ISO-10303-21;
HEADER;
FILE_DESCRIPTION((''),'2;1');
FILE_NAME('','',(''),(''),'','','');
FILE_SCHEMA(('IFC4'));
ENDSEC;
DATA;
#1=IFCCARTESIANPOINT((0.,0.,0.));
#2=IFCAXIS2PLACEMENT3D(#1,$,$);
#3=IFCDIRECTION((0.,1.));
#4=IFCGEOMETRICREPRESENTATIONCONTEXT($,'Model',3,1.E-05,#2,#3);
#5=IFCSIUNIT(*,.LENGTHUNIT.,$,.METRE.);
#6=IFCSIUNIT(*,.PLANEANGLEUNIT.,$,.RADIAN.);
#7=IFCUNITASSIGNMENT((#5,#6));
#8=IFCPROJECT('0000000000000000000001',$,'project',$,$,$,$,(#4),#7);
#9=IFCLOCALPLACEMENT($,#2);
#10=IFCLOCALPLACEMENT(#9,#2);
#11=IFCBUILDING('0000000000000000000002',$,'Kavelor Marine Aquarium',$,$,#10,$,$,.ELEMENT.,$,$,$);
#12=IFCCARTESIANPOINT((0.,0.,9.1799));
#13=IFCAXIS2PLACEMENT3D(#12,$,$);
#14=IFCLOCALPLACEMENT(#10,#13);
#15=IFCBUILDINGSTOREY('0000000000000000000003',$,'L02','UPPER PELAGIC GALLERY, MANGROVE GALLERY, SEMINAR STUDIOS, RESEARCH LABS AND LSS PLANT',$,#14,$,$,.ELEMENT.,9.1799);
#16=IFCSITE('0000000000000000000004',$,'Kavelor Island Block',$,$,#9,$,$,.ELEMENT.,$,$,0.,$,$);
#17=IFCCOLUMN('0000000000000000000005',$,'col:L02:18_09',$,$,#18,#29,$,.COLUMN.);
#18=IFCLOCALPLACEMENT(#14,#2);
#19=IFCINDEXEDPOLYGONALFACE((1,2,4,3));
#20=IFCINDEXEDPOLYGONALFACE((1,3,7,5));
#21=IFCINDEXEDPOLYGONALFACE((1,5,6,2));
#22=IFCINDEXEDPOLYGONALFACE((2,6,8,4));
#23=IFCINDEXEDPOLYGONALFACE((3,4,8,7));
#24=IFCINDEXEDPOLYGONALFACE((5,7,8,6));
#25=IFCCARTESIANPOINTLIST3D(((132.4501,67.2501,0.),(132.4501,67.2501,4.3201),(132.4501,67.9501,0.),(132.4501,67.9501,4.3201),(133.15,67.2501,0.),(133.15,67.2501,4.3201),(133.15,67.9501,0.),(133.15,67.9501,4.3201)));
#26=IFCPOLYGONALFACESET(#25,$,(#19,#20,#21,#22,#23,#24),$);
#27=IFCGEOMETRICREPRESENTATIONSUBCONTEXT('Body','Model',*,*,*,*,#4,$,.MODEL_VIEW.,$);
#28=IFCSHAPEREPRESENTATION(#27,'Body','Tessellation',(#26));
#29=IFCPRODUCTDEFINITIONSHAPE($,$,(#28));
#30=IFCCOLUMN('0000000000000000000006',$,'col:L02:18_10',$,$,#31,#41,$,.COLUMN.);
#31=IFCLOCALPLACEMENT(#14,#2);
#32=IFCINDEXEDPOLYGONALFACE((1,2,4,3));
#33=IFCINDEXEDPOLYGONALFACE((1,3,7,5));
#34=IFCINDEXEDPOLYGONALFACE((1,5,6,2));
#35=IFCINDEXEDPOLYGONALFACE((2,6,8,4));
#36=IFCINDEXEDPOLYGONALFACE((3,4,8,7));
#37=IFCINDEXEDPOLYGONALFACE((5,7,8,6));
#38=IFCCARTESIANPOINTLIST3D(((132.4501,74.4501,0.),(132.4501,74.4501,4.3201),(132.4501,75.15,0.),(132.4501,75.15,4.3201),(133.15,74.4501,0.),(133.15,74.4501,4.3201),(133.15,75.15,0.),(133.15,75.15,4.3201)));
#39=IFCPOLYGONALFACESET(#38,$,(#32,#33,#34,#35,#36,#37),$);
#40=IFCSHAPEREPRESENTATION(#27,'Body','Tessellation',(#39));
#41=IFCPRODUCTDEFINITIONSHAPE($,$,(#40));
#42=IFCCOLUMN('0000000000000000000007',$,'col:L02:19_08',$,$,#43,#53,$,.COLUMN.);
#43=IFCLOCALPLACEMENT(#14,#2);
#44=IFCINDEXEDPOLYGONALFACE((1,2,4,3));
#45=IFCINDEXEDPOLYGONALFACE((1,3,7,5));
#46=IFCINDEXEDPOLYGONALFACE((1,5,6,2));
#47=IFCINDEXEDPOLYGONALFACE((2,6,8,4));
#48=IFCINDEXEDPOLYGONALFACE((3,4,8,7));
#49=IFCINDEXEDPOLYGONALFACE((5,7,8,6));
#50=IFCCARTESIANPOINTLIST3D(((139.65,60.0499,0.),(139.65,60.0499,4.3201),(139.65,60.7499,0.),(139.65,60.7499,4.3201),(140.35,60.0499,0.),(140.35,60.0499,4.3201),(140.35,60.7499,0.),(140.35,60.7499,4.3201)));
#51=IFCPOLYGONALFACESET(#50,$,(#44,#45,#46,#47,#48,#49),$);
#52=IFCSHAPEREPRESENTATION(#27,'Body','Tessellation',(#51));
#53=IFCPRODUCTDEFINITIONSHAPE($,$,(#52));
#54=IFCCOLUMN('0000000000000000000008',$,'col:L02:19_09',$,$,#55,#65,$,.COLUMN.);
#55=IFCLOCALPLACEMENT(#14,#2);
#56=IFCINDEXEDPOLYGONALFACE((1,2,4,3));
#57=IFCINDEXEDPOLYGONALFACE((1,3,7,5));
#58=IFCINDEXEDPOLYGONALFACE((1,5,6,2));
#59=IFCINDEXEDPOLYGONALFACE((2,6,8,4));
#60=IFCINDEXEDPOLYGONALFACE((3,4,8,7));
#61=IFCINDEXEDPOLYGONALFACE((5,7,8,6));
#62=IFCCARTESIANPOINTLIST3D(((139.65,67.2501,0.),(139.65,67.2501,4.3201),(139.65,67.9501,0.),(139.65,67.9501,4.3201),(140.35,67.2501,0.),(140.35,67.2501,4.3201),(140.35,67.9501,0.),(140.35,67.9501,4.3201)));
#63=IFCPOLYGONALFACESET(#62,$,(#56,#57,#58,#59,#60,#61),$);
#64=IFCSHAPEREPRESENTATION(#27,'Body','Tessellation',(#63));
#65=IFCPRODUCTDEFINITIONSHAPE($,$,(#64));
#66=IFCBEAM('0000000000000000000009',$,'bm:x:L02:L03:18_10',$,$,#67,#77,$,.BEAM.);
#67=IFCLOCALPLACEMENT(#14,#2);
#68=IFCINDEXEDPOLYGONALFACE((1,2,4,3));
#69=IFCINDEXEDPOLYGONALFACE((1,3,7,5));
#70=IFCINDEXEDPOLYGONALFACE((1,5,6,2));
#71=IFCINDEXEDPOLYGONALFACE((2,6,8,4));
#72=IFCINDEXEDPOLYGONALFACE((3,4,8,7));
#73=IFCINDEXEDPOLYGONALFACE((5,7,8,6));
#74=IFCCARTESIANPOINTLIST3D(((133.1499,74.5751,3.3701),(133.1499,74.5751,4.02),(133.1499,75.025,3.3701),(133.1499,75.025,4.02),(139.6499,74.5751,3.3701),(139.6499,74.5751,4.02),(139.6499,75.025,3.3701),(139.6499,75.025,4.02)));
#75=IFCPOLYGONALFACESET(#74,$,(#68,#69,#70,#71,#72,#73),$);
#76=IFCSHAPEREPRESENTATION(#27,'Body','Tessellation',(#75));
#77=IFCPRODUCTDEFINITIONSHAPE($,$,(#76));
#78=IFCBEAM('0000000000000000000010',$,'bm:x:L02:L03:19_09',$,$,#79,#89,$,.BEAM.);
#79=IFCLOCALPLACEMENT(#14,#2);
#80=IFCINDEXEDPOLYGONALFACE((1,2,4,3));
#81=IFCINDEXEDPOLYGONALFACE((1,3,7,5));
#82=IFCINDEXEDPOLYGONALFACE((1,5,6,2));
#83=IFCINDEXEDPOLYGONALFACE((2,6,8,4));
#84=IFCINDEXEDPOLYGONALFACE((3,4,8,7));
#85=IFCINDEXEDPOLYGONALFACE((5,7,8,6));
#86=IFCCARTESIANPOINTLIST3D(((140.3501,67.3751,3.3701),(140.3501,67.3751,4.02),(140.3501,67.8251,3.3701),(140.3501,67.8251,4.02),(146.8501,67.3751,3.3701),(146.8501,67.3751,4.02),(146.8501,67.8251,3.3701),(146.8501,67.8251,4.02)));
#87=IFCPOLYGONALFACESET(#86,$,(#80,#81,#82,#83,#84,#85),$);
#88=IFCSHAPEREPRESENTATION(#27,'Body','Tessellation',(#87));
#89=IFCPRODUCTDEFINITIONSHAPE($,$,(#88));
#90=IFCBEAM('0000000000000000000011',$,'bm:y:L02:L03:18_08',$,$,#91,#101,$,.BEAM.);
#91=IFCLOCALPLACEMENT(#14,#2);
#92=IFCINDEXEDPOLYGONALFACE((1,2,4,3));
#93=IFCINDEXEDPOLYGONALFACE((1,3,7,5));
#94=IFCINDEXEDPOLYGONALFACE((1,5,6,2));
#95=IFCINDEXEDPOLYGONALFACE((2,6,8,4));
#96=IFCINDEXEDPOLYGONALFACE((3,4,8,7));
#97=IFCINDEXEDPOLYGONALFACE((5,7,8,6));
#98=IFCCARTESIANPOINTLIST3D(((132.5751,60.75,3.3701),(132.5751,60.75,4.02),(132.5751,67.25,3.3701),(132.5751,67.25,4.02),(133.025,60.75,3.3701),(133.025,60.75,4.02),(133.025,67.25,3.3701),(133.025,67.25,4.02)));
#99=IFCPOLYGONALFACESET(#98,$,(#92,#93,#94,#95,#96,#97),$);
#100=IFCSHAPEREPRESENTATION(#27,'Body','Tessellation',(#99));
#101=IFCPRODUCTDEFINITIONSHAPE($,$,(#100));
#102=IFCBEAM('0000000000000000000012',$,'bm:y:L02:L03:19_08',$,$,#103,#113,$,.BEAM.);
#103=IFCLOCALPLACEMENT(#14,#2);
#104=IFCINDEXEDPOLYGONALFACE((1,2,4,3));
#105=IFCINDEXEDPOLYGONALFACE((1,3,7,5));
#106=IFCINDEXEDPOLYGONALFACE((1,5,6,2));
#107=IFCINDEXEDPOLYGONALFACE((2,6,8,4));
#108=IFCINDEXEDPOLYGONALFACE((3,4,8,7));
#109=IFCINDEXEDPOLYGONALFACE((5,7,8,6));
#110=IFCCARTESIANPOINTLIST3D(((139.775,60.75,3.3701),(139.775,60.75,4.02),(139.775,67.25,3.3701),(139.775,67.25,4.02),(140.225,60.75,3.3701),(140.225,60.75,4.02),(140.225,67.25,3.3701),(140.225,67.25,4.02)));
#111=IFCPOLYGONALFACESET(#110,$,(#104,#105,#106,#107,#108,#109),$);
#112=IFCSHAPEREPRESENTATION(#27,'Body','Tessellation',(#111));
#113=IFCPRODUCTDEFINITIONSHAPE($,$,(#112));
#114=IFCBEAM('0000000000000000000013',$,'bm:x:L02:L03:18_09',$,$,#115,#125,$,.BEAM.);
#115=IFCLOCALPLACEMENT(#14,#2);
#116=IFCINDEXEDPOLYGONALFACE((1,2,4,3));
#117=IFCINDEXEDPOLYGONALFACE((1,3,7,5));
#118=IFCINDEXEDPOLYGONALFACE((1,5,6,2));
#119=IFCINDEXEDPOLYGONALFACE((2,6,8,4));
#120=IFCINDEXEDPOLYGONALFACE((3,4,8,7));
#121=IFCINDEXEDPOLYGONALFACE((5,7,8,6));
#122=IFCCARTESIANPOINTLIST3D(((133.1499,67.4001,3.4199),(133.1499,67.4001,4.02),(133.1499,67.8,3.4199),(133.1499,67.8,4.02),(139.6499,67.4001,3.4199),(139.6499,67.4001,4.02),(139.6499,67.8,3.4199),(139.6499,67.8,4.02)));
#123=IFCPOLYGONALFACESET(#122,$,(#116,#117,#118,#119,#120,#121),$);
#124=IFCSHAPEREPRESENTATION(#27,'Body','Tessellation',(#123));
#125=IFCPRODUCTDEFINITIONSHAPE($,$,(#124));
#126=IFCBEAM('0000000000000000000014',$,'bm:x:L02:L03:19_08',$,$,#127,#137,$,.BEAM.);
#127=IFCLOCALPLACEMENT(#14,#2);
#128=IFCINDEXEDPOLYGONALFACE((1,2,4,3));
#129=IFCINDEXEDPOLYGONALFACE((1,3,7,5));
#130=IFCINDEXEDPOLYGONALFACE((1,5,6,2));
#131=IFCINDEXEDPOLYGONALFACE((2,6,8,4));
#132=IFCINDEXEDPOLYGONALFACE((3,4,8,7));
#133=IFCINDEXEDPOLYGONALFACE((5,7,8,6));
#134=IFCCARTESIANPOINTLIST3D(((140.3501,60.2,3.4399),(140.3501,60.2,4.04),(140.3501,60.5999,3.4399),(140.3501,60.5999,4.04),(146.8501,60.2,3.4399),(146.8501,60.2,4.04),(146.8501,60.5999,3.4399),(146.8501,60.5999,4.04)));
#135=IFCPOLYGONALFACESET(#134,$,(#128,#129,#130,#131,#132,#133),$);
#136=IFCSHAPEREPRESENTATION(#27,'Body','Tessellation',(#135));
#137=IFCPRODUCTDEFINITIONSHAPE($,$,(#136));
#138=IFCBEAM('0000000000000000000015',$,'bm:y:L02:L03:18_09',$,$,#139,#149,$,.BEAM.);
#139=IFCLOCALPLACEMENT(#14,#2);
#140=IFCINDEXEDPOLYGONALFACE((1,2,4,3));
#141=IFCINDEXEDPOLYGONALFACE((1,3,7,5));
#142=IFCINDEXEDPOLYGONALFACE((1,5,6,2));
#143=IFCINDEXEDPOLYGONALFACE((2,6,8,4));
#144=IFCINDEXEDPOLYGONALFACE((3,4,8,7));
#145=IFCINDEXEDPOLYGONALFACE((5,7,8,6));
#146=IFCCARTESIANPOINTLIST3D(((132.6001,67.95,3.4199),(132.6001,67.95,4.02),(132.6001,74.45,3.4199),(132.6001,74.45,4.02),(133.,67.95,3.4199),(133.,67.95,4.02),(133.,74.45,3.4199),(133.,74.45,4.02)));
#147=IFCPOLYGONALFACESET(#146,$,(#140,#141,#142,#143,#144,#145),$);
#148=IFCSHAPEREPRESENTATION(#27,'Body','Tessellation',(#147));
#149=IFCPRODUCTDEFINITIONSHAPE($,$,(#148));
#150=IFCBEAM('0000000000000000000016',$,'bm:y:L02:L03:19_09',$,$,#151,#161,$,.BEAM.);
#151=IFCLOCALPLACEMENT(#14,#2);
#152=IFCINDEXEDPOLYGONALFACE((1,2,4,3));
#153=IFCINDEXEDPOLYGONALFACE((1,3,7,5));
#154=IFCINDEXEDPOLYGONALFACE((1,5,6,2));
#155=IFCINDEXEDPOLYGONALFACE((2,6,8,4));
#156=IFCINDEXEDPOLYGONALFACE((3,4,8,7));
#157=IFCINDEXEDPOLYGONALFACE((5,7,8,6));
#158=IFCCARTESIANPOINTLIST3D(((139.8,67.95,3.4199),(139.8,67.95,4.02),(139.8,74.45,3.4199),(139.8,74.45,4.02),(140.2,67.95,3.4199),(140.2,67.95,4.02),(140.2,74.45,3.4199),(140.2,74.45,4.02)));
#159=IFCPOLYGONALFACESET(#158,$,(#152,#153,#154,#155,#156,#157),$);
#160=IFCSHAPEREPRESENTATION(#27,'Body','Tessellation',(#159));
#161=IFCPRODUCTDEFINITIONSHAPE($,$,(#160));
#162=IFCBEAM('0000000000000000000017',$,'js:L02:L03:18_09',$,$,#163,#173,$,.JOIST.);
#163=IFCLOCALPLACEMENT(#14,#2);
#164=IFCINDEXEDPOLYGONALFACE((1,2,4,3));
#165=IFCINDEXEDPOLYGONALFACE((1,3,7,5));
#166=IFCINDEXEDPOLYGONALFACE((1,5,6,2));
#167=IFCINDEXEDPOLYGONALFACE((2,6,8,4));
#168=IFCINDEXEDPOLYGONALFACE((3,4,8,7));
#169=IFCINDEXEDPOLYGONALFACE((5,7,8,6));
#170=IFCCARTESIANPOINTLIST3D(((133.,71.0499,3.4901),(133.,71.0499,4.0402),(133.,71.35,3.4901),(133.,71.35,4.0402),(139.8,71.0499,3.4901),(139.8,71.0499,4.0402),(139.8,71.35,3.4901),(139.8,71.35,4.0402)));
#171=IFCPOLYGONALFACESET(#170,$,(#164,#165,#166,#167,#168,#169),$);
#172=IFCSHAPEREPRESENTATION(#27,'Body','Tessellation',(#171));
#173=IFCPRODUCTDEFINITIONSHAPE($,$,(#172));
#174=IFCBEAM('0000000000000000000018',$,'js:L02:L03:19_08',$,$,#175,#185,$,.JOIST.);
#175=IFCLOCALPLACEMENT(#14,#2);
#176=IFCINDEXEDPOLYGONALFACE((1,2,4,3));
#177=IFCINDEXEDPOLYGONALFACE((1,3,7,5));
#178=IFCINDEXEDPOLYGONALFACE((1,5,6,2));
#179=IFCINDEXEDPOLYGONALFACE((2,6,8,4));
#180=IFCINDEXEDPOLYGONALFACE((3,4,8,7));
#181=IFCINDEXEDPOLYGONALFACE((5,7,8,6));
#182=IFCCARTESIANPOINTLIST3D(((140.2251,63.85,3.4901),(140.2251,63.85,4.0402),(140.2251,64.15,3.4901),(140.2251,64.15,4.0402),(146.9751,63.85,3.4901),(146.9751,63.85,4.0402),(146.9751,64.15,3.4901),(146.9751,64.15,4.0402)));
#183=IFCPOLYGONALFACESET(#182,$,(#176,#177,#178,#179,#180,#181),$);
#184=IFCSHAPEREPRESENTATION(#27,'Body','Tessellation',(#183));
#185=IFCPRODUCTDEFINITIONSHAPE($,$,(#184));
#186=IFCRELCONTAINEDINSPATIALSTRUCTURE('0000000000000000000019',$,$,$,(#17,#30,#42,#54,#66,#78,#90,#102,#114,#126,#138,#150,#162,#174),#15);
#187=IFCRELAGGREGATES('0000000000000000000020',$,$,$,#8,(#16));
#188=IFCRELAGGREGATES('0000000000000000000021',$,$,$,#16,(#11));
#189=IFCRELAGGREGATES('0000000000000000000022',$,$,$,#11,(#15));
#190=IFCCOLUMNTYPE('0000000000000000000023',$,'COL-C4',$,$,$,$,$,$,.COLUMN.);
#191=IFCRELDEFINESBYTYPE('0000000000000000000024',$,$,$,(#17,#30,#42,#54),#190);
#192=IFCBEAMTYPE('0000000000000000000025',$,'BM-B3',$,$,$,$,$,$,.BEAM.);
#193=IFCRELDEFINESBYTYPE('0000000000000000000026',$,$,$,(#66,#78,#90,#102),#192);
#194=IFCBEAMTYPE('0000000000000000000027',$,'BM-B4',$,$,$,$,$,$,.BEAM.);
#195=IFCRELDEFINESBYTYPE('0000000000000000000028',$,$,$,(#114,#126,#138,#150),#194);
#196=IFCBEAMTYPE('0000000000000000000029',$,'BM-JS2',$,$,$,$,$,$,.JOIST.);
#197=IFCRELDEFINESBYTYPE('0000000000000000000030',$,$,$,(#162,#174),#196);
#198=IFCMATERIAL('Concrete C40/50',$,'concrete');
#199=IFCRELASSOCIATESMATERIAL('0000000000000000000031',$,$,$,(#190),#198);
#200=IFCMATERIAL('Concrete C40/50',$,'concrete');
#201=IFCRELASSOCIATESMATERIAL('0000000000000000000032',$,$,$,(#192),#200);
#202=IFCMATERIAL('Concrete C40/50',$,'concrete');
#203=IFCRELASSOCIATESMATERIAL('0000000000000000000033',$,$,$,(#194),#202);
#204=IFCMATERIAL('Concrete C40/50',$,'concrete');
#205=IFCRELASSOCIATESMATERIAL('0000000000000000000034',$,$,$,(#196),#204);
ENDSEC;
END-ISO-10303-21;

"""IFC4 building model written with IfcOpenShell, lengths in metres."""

from ifc_helpers import new_model, si_unit, direction, frame, origin, origin_2d, place, context, subcontext, project, spatial, rectangle, extrude, material, material_profile, profile_set, type_object, element, save


model = new_model("IFC4")

# Units and contexts
model_context = context("Model", 3, precision=1e-05, world=origin(), true_north=direction((0.0, 1.0)))
body_context = subcontext(model_context, "Body", "Model", "MODEL_VIEW")
ifc_project = project(units=[si_unit("LENGTHUNIT", "METRE"), si_unit("PLANEANGLEUNIT", "RADIAN")], contexts=[model_context])

# Site, building, storey
site_placement = place(None, origin())
site = spatial("IfcSite", under=ifc_project, at=site_placement, Name="Kavelor Island Block", CompositionType="ELEMENT", RefElevation=0.0)
building_placement = place(site_placement, origin())
building = spatial("IfcBuilding", under=site, at=building_placement, Name="Kavelor Marine Aquarium", CompositionType="ELEMENT")
storey_placement = place(building_placement, frame((0.0, 0.0, 9.1799)))
storey = spatial("IfcBuildingStorey", under=building, at=storey_placement, Name="L02", Description="UPPER PELAGIC GALLERY, MANGROVE GALLERY, SEMINAR STUDIOS, RESEARCH LABS AND LSS PLANT", CompositionType="ELEMENT", Elevation=9.1799)

# Columns
ifc_material_1 = material(Name="Concrete C40/50", Category="concrete")
ifc_material_profile_1 = material_profile(ifc_material_1, rectangle(XDim=0.7, YDim=0.7, at=origin_2d()), Name="RC-COL 700x700")
ifc_profile_set_1 = profile_set([ifc_material_profile_1], Name="Concrete C40/50")
column_type = type_object("IfcColumnType", Name="COL-C4", PredefinedType="COLUMN", material=ifc_profile_set_1)
for number, where, z_axis, x_axis, name in (
    (1, (132.8, 67.6001, 0.0), (0.0, 0.0, 1.0), (1.0, 0.0, 0.0), "col:L02:18_09"),
    (2, (132.8, 74.8, 0.0), (0.0, 0.0, 1.0), (1.0, 0.0, 0.0), "col:L02:18_10"),
    (3, (140.0, 60.3999, 0.0), (0.0, 0.0, 1.0), (1.0, 0.0, 0.0), "col:L02:19_08"),
    (4, (140.0, 67.6001, 0.0), (0.0, 0.0, 1.0), (1.0, 0.0, 0.0), "col:L02:19_09"),
):
    element("IfcColumn", number, at=place(storey_placement, frame(where, z_axis=z_axis, x_axis=x_axis)), inside=storey, type_object=column_type, Name=name, PredefinedType="COLUMN", context=body_context, shape_type="SweptSolid", body=[
        extrude(rectangle(XDim=0.7, YDim=0.7, at=origin_2d()), origin(), (0.0, 0.0, 1.0), 4.3201),
    ])

# Beams
ifc_material_2 = material(Name="Concrete C40/50", Category="concrete")
ifc_material_profile_2 = material_profile(ifc_material_2, rectangle(XDim=0.45, YDim=0.6499, at=origin_2d()), Name="RC-BM 450x650")
ifc_profile_set_2 = profile_set([ifc_material_profile_2], Name="Concrete C40/50")
beam_type_1 = type_object("IfcBeamType", Name="BM-B3", PredefinedType="BEAM", material=ifc_profile_set_2)
for number, where, z_axis, x_axis, name in (
    (5, (133.1499, 74.8, 3.6951), (1.0, 0.0, 0.0), (0.0, 1.0, 0.0), "bm:x:L02:L03:18_10"),
    (6, (140.3501, 67.6001, 3.6951), (1.0, 0.0, 0.0), (0.0, 1.0, 0.0), "bm:x:L02:L03:19_09"),
    (7, (132.8, 60.75, 3.6951), (0.0, 1.0, 0.0), (-1.0, 0.0, 0.0), "bm:y:L02:L03:18_08"),
    (8, (140.0, 60.75, 3.6951), (0.0, 1.0, 0.0), (-1.0, 0.0, 0.0), "bm:y:L02:L03:19_08"),
):
    element("IfcBeam", number, at=place(storey_placement, frame(where, z_axis=z_axis, x_axis=x_axis)), inside=storey, type_object=beam_type_1, Name=name, PredefinedType="BEAM", context=body_context, shape_type="SweptSolid", body=[
        extrude(rectangle(XDim=0.45, YDim=0.6499, at=origin_2d()), origin(), (0.0, 0.0, 1.0), 6.5),
    ])
ifc_material_3 = material(Name="Concrete C40/50", Category="concrete")
ifc_material_profile_3 = material_profile(ifc_material_3, rectangle(XDim=0.3999, YDim=0.6001, at=origin_2d()), Name="RC-BM 400x600")
ifc_profile_set_3 = profile_set([ifc_material_profile_3], Name="Concrete C40/50")
beam_type_2 = type_object("IfcBeamType", Name="BM-B4", PredefinedType="BEAM", material=ifc_profile_set_3)
for number, where, z_axis, x_axis, name in (
    (9, (133.1499, 67.6001, 3.72), (1.0, 0.0, 0.0), (0.0, 1.0, 0.0), "bm:x:L02:L03:18_09"),
    (10, (140.3501, 60.3999, 3.74), (1.0, 0.0, 0.0), (0.0, 1.0, 0.0), "bm:x:L02:L03:19_08"),
    (11, (132.8, 67.95, 3.72), (0.0, 1.0, 0.0), (-1.0, 0.0, 0.0), "bm:y:L02:L03:18_09"),
    (12, (140.0, 67.95, 3.72), (0.0, 1.0, 0.0), (-1.0, 0.0, 0.0), "bm:y:L02:L03:19_09"),
):
    element("IfcBeam", number, at=place(storey_placement, frame(where, z_axis=z_axis, x_axis=x_axis)), inside=storey, type_object=beam_type_2, Name=name, PredefinedType="BEAM", context=body_context, shape_type="SweptSolid", body=[
        extrude(rectangle(XDim=0.3999, YDim=0.6001, at=origin_2d()), origin(), (0.0, 0.0, 1.0), 6.5),
    ])
ifc_material_4 = material(Name="Concrete C40/50", Category="concrete")
ifc_material_profile_4 = material_profile(ifc_material_4, rectangle(XDim=0.3, YDim=0.55, at=origin_2d()), Name="RC-JS 300x550")
ifc_profile_set_4 = profile_set([ifc_material_profile_4], Name="Concrete C40/50")
beam_type_3 = type_object("IfcBeamType", Name="BM-JS2", PredefinedType="JOIST", material=ifc_profile_set_4)
beam_1_placement = place(storey_placement, frame((133.0, 71.2, 3.7651), z_axis=(1.0, 0.0, 0.0), x_axis=(0.0, 1.0, 0.0)))
element("IfcBeam", 13, at=beam_1_placement, inside=storey, type_object=beam_type_3, Name="js:L02:L03:18_09", PredefinedType="JOIST", context=body_context, shape_type="SweptSolid", body=[
    extrude(rectangle(XDim=0.3, YDim=0.55, at=origin_2d()), origin(), (0.0, 0.0, 1.0), 6.8),
])
beam_2_placement = place(storey_placement, frame((140.2251, 64.0, 3.7651), z_axis=(1.0, 0.0, 0.0), x_axis=(0.0, 1.0, 0.0)))
element("IfcBeam", 14, at=beam_2_placement, inside=storey, type_object=beam_type_3, Name="js:L02:L03:19_08", PredefinedType="JOIST", context=body_context, shape_type="SweptSolid", body=[
    extrude(rectangle(XDim=0.3, YDim=0.55, at=origin_2d()), origin(), (0.0, 0.0, 1.0), 6.75),
])

save(model, "model.ifc")
